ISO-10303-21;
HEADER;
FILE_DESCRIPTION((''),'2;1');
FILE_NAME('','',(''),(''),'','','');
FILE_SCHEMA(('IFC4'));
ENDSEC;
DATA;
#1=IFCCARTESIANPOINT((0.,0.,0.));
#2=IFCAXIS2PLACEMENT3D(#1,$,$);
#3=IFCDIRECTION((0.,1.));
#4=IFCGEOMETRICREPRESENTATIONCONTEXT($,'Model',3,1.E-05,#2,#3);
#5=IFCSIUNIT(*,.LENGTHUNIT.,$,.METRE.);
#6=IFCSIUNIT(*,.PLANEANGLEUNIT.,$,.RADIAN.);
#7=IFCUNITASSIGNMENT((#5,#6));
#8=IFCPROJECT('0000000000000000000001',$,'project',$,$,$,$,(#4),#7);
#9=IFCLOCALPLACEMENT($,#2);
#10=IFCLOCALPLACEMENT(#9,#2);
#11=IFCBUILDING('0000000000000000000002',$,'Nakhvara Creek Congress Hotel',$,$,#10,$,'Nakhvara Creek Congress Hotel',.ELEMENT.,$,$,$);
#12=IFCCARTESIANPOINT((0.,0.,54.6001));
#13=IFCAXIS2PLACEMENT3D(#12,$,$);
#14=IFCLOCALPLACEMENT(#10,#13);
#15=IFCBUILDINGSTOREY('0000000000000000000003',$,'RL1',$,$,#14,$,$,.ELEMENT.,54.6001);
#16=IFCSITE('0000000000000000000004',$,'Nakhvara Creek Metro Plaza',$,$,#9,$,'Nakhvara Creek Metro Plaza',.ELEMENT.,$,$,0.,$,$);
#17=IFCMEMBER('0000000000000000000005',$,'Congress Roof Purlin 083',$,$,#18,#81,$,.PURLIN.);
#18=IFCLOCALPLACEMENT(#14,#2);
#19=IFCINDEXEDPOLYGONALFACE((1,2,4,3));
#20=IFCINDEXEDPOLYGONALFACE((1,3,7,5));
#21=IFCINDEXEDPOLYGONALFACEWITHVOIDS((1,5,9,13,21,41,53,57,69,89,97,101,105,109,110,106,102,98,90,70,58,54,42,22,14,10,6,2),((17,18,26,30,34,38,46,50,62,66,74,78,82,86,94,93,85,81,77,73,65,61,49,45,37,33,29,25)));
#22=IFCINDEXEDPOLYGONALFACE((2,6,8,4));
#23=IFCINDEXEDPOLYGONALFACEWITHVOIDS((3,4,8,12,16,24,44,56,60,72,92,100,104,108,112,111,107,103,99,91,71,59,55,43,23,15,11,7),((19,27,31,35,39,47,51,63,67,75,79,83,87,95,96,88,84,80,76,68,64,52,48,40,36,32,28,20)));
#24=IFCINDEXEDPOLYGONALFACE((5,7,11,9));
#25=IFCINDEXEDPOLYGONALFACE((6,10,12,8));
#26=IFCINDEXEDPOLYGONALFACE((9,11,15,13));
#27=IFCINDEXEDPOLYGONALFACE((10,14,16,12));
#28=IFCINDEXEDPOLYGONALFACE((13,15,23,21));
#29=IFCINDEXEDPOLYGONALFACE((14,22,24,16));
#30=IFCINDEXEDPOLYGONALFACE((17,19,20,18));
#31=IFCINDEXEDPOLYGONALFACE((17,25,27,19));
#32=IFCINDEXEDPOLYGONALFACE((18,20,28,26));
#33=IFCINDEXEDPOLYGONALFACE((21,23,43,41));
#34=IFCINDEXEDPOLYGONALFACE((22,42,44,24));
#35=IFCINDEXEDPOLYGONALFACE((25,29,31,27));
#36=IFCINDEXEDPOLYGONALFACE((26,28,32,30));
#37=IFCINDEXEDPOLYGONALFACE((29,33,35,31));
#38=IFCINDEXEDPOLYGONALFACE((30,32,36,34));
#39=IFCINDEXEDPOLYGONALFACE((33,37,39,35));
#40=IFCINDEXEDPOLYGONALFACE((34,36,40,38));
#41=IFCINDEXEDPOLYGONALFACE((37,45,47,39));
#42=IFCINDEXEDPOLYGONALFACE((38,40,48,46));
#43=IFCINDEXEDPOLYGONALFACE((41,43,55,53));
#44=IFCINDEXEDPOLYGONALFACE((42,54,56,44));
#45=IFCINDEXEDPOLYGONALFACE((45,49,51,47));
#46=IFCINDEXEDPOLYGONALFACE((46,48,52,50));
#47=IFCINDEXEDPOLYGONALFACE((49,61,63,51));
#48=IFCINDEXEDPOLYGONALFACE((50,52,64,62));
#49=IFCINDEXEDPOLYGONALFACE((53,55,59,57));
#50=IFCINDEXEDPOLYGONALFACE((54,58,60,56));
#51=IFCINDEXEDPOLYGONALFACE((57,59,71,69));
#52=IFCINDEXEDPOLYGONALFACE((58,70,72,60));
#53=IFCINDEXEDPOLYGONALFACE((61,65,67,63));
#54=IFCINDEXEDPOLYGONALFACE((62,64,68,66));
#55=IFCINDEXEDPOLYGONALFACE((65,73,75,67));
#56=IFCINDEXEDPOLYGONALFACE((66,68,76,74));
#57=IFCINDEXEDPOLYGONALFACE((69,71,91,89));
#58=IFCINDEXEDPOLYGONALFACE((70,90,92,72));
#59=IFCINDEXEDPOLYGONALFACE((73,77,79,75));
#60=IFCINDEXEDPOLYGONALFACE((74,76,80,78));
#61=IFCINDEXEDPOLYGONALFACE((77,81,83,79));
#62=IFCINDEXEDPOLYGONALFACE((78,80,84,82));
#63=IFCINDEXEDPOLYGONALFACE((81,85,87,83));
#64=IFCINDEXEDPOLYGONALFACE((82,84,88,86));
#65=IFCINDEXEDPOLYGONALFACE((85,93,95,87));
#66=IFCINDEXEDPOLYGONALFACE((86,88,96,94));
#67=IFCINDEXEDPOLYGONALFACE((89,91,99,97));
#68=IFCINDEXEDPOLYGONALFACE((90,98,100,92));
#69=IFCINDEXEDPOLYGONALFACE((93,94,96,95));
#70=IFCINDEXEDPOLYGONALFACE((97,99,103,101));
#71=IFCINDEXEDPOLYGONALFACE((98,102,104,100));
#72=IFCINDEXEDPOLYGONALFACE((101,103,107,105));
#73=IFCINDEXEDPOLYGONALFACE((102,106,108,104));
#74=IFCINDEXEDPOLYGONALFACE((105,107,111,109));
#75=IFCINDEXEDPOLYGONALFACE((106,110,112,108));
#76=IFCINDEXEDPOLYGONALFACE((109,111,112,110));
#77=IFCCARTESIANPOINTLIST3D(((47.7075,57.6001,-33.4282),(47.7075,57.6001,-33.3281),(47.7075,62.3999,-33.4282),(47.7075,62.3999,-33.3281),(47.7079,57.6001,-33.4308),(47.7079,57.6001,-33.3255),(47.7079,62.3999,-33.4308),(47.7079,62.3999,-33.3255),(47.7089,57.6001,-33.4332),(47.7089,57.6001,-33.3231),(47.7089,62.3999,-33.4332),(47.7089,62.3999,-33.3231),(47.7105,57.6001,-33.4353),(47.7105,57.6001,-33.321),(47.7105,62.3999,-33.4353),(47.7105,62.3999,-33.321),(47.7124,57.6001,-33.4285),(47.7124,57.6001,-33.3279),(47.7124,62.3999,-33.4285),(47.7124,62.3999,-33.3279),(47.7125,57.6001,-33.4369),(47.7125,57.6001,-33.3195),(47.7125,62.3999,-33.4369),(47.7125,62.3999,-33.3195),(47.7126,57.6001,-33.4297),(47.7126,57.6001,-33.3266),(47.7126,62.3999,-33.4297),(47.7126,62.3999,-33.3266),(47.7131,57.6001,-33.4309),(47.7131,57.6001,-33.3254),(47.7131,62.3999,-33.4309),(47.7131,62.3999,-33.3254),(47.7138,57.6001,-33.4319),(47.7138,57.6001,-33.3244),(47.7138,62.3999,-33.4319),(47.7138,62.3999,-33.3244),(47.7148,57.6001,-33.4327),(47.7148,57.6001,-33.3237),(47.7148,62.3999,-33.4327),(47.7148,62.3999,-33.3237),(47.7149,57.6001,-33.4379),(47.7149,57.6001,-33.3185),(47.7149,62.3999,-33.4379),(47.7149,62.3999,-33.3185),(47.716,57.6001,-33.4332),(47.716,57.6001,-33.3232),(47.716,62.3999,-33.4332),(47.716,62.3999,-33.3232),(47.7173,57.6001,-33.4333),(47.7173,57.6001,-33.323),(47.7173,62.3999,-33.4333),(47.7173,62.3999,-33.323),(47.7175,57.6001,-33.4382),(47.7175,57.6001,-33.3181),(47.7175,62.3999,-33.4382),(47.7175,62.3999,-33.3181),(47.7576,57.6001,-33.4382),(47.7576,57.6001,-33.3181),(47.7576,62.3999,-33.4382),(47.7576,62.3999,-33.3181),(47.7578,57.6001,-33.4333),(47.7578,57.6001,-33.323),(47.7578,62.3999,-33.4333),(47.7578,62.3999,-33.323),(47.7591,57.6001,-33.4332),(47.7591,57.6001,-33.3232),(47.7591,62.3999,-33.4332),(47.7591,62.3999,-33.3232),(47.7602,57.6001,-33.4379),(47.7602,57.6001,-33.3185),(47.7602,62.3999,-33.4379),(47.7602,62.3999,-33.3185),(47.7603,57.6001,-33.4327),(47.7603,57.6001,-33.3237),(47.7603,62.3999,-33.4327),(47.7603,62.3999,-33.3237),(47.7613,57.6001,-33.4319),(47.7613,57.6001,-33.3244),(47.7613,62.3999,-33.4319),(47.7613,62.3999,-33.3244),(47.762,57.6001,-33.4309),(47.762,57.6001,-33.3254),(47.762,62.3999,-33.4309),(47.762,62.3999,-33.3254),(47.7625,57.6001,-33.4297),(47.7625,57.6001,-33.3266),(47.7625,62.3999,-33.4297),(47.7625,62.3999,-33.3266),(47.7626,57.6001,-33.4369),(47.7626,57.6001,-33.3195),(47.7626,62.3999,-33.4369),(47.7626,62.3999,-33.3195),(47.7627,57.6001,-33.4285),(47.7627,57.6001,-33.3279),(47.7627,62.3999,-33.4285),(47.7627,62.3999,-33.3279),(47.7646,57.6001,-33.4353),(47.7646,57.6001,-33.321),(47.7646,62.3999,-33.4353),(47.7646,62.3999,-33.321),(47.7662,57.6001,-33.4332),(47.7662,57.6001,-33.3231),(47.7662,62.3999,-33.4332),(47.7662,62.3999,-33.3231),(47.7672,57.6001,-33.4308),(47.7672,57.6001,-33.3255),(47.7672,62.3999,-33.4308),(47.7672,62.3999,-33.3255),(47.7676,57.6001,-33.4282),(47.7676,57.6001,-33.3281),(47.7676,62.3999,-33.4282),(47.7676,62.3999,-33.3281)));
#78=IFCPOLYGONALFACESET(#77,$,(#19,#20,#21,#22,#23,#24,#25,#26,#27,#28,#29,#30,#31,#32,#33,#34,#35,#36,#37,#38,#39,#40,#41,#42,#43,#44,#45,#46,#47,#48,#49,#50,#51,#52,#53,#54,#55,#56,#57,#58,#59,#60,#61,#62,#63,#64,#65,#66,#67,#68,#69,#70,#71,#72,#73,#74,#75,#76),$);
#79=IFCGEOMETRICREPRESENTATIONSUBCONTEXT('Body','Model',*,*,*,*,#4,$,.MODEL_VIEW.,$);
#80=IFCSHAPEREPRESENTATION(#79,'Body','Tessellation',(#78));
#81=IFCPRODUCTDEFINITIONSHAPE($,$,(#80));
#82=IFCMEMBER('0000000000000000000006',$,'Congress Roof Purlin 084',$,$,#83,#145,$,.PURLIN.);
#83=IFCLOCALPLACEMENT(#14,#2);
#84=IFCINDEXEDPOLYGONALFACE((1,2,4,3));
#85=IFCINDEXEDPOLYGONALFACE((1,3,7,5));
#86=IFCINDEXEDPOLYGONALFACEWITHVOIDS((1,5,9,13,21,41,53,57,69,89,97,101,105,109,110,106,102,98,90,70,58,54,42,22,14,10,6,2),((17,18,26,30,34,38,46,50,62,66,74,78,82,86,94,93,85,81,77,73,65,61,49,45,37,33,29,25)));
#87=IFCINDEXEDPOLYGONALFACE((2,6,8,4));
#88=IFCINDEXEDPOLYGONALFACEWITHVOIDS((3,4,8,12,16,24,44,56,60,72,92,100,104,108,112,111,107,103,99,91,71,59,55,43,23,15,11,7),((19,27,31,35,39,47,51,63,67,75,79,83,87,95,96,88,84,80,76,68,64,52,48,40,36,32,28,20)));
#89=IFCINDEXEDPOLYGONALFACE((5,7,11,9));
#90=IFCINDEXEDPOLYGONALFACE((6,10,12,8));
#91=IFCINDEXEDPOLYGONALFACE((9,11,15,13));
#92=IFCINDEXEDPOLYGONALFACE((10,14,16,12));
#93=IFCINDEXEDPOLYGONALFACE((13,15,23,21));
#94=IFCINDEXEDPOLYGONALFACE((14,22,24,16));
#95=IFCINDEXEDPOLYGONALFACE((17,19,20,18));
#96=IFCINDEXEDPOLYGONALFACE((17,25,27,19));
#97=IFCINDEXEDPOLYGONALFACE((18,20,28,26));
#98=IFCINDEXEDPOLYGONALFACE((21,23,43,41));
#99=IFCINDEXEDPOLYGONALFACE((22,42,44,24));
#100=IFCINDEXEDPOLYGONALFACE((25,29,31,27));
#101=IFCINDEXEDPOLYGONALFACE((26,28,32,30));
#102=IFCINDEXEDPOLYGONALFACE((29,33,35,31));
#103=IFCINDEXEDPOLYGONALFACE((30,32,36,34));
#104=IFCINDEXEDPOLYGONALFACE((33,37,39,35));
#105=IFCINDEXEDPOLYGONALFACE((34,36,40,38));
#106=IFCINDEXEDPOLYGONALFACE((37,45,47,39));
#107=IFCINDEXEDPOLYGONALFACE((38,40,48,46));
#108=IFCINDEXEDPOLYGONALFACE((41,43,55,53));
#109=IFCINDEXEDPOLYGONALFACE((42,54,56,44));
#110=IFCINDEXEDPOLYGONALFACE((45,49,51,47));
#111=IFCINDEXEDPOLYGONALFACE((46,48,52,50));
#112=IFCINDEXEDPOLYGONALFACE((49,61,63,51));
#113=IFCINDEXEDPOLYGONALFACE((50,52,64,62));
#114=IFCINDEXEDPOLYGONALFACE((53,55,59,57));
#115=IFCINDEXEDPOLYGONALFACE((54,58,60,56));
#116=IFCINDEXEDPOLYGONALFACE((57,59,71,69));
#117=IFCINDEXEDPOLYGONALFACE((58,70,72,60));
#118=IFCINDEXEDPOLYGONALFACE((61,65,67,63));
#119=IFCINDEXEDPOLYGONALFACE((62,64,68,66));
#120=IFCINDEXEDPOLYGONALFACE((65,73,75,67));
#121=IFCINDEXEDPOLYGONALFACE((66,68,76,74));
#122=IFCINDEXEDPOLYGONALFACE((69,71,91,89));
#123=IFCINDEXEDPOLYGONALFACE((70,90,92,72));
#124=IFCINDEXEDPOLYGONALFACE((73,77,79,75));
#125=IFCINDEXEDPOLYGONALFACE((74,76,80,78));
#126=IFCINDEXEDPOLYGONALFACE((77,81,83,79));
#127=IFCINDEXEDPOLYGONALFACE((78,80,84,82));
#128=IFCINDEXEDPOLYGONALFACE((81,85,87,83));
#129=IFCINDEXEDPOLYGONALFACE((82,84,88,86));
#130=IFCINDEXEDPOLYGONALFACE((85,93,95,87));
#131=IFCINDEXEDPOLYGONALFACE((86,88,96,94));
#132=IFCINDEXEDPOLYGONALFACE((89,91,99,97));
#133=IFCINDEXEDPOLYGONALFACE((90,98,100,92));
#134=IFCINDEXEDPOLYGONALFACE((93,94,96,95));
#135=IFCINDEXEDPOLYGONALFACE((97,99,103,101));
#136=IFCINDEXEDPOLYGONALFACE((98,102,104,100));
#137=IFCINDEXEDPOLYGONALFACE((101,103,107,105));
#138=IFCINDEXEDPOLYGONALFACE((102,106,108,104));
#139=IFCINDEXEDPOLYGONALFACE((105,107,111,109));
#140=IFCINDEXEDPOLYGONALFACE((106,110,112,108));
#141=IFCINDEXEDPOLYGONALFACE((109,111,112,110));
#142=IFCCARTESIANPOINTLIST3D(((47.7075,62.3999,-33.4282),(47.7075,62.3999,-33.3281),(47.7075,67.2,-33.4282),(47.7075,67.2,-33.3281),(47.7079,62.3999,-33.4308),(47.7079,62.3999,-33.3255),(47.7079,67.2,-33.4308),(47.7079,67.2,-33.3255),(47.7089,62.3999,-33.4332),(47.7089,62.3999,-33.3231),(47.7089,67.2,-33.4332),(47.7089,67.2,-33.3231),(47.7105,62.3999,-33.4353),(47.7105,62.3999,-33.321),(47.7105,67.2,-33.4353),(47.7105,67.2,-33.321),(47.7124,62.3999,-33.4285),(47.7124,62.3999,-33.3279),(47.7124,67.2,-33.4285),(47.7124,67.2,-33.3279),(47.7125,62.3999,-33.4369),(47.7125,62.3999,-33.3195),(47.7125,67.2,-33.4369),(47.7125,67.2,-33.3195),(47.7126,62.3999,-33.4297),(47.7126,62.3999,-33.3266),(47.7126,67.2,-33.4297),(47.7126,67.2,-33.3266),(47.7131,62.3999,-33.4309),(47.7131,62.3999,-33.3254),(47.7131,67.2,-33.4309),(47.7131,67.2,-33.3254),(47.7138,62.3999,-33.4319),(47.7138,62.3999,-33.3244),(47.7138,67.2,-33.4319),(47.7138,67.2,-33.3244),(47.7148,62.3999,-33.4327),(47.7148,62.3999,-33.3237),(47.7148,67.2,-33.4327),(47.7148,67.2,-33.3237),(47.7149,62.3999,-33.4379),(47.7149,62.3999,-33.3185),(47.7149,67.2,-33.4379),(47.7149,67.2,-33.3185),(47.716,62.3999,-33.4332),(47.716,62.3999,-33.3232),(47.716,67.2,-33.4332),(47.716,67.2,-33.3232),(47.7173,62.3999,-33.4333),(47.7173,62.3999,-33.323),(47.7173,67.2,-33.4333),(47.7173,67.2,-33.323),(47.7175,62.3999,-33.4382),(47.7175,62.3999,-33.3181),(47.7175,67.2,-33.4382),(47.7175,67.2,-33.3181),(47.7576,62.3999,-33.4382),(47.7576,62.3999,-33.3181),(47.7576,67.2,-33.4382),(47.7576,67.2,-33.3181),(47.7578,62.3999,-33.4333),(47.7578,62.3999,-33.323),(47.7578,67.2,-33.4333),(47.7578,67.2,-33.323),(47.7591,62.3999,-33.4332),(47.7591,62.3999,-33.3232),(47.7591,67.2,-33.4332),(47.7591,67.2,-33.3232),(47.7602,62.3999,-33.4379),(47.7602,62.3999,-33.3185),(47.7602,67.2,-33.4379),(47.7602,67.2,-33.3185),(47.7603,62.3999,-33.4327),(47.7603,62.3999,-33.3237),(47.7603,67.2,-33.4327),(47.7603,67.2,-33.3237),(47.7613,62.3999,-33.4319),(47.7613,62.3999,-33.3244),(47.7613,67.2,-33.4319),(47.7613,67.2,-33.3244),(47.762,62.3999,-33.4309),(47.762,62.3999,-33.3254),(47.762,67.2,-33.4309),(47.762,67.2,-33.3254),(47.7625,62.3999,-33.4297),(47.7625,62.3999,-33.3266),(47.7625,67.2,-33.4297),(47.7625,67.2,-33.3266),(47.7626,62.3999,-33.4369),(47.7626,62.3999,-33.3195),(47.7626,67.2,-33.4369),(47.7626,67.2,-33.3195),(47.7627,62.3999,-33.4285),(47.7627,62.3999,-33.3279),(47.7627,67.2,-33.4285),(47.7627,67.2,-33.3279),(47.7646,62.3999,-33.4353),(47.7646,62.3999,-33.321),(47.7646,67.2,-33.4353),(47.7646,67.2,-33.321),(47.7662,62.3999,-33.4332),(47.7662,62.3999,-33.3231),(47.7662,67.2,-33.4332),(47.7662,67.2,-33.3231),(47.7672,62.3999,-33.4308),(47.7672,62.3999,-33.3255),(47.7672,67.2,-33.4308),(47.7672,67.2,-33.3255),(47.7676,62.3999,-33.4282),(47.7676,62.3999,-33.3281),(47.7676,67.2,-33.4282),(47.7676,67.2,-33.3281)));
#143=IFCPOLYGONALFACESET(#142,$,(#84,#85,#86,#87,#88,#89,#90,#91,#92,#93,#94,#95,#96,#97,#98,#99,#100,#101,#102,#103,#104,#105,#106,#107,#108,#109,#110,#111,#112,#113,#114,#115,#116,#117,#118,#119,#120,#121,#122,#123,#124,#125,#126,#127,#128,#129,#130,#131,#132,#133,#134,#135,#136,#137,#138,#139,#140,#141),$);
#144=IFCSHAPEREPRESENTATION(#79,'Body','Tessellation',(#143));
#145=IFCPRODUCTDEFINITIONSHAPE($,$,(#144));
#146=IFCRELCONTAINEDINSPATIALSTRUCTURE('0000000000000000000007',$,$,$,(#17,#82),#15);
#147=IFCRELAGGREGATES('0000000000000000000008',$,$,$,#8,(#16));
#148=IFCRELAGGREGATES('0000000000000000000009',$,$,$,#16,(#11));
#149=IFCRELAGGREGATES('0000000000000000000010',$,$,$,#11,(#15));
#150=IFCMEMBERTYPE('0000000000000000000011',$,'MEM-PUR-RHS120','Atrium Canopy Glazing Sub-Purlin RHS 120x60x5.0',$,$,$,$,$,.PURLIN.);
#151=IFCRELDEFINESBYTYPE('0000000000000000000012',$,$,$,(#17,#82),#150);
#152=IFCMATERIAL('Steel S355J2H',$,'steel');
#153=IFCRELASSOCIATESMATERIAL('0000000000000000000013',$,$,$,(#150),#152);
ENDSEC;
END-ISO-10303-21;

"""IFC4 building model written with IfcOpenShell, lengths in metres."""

from ifc_helpers import new_model, si_unit, direction, frame, origin, origin_2d, place, context, subcontext, project, spatial, hollow_rectangle, extrude, material, material_profile, profile_set, type_object, element, save


model = new_model("IFC4")

# Units and contexts
model_context = context("Model", 3, precision=1e-05, world=origin(), true_north=direction((0.0, 1.0)))
body_context = subcontext(model_context, "Body", "Model", "MODEL_VIEW")
ifc_project = project(units=[si_unit("LENGTHUNIT", "METRE"), si_unit("PLANEANGLEUNIT", "RADIAN")], contexts=[model_context])

# Site, building, storey
site_placement = place(None, origin())
site = spatial("IfcSite", under=ifc_project, at=site_placement, Name="Nakhvara Creek Metro Plaza", LongName="Nakhvara Creek Metro Plaza", CompositionType="ELEMENT", RefElevation=0.0)
building_placement = place(site_placement, origin())
building = spatial("IfcBuilding", under=site, at=building_placement, Name="Nakhvara Creek Congress Hotel", LongName="Nakhvara Creek Congress Hotel", CompositionType="ELEMENT")
storey_placement = place(building_placement, frame((0.0, 0.0, 54.6001)))
storey = spatial("IfcBuildingStorey", under=building, at=storey_placement, Name="RL1", CompositionType="ELEMENT", Elevation=54.6001)

# Members
ifc_material_1 = material(Name="Steel S355J2H", Category="steel")
ifc_material_profile_1 = material_profile(ifc_material_1, hollow_rectangle(XDim=0.0601, YDim=0.1201, WallThickness=0.0049, InnerFilletRadius=0.0049, OuterFilletRadius=0.01, at=origin_2d()), Name="RHS 120x60x5.0", Category="LoadBearing")
ifc_profile_set_1 = profile_set([ifc_material_profile_1], Name="Steel S355J2H")
member_type_1 = type_object("IfcMemberType", Name="MEM-PUR-RHS120", Description="Atrium Canopy Glazing Sub-Purlin RHS 120x60x5.0", PredefinedType="PURLIN", material=ifc_profile_set_1)
member_1_placement = place(storey_placement, frame((47.7375, 57.6001, -33.3782), z_axis=(0.0, 1.0, 0.0), x_axis=(-1.0, 0.0, 0.0)))
element("IfcMember", 1, at=member_1_placement, inside=storey, type_object=member_type_1, Name="Congress Roof Purlin 083", PredefinedType="PURLIN", context=body_context, shape_type="SweptSolid", body=[
    extrude(hollow_rectangle(XDim=0.0601, YDim=0.1201, WallThickness=0.0049, InnerFilletRadius=0.0049, OuterFilletRadius=0.01, at=origin_2d()), origin(), (0.0, 0.0, 1.0), 4.7998),
])
member_2_placement = place(storey_placement, frame((47.7375, 62.3999, -33.3782), z_axis=(0.0, 1.0, 0.0), x_axis=(-1.0, 0.0, 0.0)))
element("IfcMember", 2, at=member_2_placement, inside=storey, type_object=member_type_1, Name="Congress Roof Purlin 084", PredefinedType="PURLIN", context=body_context, shape_type="SweptSolid", body=[
    extrude(hollow_rectangle(XDim=0.0601, YDim=0.1201, WallThickness=0.0049, InnerFilletRadius=0.0049, OuterFilletRadius=0.01, at=origin_2d()), origin(), (0.0, 0.0, 1.0), 4.8),
])

save(model, "model.ifc")
